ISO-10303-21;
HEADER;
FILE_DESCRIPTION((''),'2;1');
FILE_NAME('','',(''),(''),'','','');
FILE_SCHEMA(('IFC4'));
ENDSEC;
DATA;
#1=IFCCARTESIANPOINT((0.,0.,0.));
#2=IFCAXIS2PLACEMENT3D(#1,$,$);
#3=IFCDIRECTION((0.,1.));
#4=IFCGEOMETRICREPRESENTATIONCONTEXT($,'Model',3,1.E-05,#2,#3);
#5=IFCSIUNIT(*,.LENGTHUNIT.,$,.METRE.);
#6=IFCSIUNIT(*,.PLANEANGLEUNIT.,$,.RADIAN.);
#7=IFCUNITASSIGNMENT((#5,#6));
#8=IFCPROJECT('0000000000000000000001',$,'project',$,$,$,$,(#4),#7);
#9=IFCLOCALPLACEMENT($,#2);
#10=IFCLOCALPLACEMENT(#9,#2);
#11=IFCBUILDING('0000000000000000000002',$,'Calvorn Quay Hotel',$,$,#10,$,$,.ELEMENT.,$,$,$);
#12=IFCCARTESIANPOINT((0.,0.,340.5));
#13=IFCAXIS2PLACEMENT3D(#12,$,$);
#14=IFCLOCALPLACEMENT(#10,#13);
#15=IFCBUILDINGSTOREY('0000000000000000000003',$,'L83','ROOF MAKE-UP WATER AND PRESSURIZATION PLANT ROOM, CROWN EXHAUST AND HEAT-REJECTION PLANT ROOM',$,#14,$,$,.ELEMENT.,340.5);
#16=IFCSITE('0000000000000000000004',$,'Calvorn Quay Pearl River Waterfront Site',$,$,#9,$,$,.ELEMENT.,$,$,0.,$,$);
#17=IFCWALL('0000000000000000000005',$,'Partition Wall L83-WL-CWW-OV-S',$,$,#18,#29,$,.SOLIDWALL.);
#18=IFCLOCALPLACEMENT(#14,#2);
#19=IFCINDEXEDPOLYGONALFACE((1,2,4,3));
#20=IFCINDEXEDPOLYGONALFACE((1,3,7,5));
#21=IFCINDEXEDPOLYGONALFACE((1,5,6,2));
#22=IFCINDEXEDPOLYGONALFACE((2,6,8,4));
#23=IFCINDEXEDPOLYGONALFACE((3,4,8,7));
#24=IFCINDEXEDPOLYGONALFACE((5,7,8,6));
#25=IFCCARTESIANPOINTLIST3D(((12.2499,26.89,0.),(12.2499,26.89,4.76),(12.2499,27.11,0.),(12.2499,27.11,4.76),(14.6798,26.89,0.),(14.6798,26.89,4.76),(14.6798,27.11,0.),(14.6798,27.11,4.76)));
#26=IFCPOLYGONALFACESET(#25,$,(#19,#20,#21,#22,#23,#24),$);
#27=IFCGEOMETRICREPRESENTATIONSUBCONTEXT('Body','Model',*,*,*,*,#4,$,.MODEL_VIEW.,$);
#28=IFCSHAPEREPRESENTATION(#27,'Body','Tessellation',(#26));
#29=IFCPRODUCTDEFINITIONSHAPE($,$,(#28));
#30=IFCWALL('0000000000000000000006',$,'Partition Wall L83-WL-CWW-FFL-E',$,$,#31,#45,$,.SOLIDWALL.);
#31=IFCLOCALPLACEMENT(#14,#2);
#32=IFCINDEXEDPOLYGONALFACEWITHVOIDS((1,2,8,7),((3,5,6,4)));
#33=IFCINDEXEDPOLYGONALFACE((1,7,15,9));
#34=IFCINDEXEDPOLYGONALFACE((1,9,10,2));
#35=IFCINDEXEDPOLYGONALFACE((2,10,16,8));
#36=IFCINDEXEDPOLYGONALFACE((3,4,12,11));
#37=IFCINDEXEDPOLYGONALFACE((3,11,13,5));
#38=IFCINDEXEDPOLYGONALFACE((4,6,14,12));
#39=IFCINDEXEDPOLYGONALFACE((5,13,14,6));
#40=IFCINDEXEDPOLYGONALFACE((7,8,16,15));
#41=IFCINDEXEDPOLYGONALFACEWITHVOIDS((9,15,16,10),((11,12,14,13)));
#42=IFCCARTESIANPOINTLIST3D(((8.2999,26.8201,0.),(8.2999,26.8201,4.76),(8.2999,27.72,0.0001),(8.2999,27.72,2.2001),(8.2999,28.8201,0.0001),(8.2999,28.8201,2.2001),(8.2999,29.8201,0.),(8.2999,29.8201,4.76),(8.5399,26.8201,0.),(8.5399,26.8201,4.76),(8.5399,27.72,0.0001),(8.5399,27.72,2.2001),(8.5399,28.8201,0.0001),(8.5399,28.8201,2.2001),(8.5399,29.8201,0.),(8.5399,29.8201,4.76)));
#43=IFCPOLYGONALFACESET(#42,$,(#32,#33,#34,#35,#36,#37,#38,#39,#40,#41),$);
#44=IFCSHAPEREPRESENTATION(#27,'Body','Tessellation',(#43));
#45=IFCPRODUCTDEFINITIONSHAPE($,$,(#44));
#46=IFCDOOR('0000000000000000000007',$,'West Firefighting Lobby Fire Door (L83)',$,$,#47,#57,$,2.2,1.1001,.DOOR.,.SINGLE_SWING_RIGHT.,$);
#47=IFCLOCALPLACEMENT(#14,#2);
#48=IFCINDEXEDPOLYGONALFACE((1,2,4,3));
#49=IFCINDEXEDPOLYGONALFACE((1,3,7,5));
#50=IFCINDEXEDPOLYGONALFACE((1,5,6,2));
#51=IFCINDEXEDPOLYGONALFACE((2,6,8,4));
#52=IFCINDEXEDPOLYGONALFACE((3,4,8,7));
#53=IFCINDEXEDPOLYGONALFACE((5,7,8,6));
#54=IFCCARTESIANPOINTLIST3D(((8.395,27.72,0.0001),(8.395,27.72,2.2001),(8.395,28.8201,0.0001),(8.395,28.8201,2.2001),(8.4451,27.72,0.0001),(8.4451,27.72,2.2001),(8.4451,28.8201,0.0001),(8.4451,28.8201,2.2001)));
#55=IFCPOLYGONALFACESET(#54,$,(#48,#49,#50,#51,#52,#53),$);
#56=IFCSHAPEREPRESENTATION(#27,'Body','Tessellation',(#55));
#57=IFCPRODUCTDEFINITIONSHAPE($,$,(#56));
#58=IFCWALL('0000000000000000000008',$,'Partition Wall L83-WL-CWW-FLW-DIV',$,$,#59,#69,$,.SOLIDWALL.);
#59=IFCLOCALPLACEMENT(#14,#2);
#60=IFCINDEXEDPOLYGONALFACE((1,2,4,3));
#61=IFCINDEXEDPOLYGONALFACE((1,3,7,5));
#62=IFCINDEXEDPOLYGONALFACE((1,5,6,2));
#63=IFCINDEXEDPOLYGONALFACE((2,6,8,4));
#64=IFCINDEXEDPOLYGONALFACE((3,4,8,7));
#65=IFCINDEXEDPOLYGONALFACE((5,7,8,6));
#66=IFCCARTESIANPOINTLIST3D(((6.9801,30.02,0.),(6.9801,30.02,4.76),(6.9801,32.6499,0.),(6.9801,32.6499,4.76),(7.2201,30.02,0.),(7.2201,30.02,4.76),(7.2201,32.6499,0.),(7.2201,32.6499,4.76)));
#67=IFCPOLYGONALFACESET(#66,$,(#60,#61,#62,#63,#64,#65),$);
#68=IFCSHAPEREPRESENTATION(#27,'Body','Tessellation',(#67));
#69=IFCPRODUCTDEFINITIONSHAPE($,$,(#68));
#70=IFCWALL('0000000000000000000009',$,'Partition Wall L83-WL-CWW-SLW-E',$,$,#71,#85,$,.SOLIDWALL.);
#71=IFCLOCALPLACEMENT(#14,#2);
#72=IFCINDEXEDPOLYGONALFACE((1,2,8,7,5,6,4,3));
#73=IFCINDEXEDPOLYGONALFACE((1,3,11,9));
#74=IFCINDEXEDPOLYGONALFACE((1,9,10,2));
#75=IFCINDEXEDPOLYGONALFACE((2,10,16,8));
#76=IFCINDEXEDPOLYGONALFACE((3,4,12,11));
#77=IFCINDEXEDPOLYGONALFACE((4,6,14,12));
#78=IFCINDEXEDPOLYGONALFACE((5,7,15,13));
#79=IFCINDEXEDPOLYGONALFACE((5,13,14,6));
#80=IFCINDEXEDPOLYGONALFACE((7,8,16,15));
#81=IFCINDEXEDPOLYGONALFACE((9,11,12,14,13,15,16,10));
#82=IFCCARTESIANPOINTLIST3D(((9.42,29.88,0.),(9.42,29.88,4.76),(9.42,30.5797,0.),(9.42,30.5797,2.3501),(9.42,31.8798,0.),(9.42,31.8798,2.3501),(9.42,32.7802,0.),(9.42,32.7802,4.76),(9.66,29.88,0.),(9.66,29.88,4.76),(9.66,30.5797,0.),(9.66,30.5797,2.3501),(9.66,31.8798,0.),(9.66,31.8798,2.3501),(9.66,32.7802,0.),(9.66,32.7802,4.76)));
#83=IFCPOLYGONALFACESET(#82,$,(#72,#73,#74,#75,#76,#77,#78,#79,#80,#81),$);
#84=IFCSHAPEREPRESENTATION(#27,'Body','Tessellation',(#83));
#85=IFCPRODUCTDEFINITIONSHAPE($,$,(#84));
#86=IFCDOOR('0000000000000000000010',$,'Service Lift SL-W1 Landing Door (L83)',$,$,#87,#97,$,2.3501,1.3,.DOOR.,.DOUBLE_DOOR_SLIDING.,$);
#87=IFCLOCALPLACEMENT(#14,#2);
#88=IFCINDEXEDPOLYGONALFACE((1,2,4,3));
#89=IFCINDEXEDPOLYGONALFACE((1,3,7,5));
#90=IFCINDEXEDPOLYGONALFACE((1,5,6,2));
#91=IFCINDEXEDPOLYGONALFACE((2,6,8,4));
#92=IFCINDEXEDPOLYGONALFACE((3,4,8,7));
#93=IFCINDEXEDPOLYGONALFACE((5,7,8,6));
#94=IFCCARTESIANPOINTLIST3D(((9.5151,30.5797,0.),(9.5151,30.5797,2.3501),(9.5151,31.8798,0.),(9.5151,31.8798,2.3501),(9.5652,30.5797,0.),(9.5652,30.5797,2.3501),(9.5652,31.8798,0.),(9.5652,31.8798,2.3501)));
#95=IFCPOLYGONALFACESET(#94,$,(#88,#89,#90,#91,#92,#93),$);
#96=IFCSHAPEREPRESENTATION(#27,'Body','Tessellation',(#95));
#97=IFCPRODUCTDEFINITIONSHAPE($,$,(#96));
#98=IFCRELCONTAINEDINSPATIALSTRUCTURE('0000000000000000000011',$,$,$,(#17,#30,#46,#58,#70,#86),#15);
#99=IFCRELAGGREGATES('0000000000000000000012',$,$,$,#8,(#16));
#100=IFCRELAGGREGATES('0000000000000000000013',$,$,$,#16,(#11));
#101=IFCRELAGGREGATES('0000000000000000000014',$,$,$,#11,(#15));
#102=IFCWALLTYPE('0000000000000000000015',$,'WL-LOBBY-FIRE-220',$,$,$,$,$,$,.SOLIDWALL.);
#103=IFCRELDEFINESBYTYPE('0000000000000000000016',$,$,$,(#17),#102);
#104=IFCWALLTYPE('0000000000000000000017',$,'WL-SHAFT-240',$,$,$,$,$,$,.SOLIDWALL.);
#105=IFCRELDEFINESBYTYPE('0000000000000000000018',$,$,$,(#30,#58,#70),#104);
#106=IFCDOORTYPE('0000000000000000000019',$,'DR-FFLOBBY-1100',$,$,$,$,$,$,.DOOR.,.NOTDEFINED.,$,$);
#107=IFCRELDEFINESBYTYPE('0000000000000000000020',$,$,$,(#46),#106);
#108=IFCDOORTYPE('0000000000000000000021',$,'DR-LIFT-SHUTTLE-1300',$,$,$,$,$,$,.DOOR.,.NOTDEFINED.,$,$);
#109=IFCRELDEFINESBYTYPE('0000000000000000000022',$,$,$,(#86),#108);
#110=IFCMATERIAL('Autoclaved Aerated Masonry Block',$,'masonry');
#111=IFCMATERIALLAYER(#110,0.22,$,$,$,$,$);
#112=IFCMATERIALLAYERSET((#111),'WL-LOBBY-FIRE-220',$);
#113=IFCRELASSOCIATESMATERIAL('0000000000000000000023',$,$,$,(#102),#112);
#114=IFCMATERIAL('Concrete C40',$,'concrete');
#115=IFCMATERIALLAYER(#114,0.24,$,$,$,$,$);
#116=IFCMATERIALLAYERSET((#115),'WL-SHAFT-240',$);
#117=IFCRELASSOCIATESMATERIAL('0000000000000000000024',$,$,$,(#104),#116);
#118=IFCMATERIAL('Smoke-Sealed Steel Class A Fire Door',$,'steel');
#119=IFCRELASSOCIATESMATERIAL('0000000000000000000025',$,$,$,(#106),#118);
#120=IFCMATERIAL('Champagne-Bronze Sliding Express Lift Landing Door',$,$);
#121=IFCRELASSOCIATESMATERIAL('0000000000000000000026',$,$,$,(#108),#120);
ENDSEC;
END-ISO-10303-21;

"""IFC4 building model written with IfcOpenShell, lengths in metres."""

from ifc_helpers import new_model, si_unit, direction, frame, frame_2d, origin, place, context, subcontext, project, spatial, rectangle, extrude, material, layer, layer_set, type_object, element, fill, save


model = new_model("IFC4")

# Units and contexts
model_context = context("Model", 3, precision=1e-05, world=origin(), true_north=direction((0.0, 1.0)))
body_context = subcontext(model_context, "Body", "Model", "MODEL_VIEW")
ifc_project = project(units=[si_unit("LENGTHUNIT", "METRE"), si_unit("PLANEANGLEUNIT", "RADIAN")], contexts=[model_context])

# Site, building, storey
site_placement = place(None, origin())
site = spatial("IfcSite", under=ifc_project, at=site_placement, Name="Calvorn Quay Pearl River Waterfront Site", CompositionType="ELEMENT", RefElevation=0.0)
building_placement = place(site_placement, origin())
building = spatial("IfcBuilding", under=site, at=building_placement, Name="Calvorn Quay Hotel", CompositionType="ELEMENT")
storey_placement = place(building_placement, frame((0.0, 0.0, 340.5)))
storey = spatial("IfcBuildingStorey", under=building, at=storey_placement, Name="L83", Description="ROOF MAKE-UP WATER AND PRESSURIZATION PLANT ROOM, CROWN EXHAUST AND HEAT-REJECTION PLANT ROOM", CompositionType="ELEMENT", Elevation=340.5)

# Shared definitions
ifc_material_1 = material(Name="Autoclaved Aerated Masonry Block", Category="masonry")
ifc_layer_1 = layer(ifc_material_1, 0.22)
ifc_layer_set_1 = layer_set([ifc_layer_1], Name="WL-LOBBY-FIRE-220")
wall_type_1 = type_object("IfcWallType", Name="WL-LOBBY-FIRE-220", PredefinedType="SOLIDWALL", material=ifc_layer_set_1)

# Wall
wall_1_placement = place(storey_placement, frame((12.25, 27.0, 0.0), z_axis=(0.0, 0.0, 1.0), x_axis=(1.0, 0.0, 0.0)))
element("IfcWall", 1, at=wall_1_placement, inside=storey, type_object=wall_type_1, Name="Partition Wall L83-WL-CWW-OV-S", PredefinedType="SOLIDWALL", context=body_context, shape_type="SweptSolid", body=[
    extrude(rectangle(XDim=2.4299, YDim=0.22, at=frame_2d((1.2148, 0.0))), origin(), (0.0, 0.0, 1.0), 4.76),
])

# Wall, opening, door
ifc_material_2 = material(Name="Concrete C40", Category="concrete")
ifc_layer_2 = layer(ifc_material_2, 0.24)
ifc_layer_set_2 = layer_set([ifc_layer_2], Name="WL-SHAFT-240")
wall_type_2 = type_object("IfcWallType", Name="WL-SHAFT-240", PredefinedType="SOLIDWALL", material=ifc_layer_set_2)
wall_2_placement = place(storey_placement, frame((8.4199, 26.8201, 0.0), z_axis=(0.0, 0.0, 1.0), x_axis=(0.0, 1.0, 0.0)))
wall_2 = element("IfcWall", 2, at=wall_2_placement, inside=storey, type_object=wall_type_2, Name="Partition Wall L83-WL-CWW-FFL-E", PredefinedType="SOLIDWALL", context=body_context, shape_type="SweptSolid", body=[
    extrude(rectangle(XDim=3.0, YDim=0.24, at=frame_2d((1.5, 0.0))), origin(), (0.0, 0.0, 1.0), 4.76),
])
opening_1_placement = place(wall_2_placement, frame((0.8999, 0.0, 0.0)))
opening_1 = element("IfcOpeningElement", 3, at=opening_1_placement, cuts=wall_2, PredefinedType="OPENING", context=body_context, shape_type="SweptSolid", body=[
    extrude(rectangle(XDim=1.1001, YDim=2.2, at=frame_2d((0.55, 1.1001))), frame((0.0, 0.1299, 0.0), z_axis=(0.0, -1.0, 0.0), x_axis=(1.0, 0.0, 0.0)), (0.0, 0.0, 1.0), 0.26),
])
ifc_material_3 = material(Name="Smoke-Sealed Steel Class A Fire Door", Category="steel")
door_type_1 = type_object("IfcDoorType", Name="DR-FFLOBBY-1100", OperationType="NOTDEFINED", PredefinedType="DOOR", material=ifc_material_3)
door_1_placement = place(opening_1_placement, origin())
door_1 = element("IfcDoor", 4, at=door_1_placement, inside=storey, type_object=door_type_1, Name="West Firefighting Lobby Fire Door (L83)", OperationType="SINGLE_SWING_RIGHT", OverallHeight=2.2, OverallWidth=1.1001, PredefinedType="DOOR", context=body_context, shape_type="SweptSolid", body=[
    extrude(rectangle(XDim=1.1001, YDim=2.2, at=frame_2d((0.55, 1.1001))), frame((0.0, 0.0249, 0.0), z_axis=(0.0, -1.0, 0.0), x_axis=(1.0, 0.0, 0.0)), (0.0, 0.0, 1.0), 0.05),
])
fill(opening_1, door_1)

# Wall
wall_3_placement = place(storey_placement, frame((7.1001, 30.02, 0.0), z_axis=(0.0, 0.0, 1.0), x_axis=(0.0, 1.0, 0.0)))
element("IfcWall", 5, at=wall_3_placement, inside=storey, type_object=wall_type_2, Name="Partition Wall L83-WL-CWW-FLW-DIV", PredefinedType="SOLIDWALL", context=body_context, shape_type="SweptSolid", body=[
    extrude(rectangle(XDim=2.6299, YDim=0.24, at=frame_2d((1.3149, 0.0))), origin(), (0.0, 0.0, 1.0), 4.76),
])

# Wall, opening, door
wall_4_placement = place(storey_placement, frame((9.54, 29.8799, 0.0), z_axis=(0.0, 0.0, 1.0), x_axis=(0.0, 1.0, 0.0)))
wall_4 = element("IfcWall", 6, at=wall_4_placement, inside=storey, type_object=wall_type_2, Name="Partition Wall L83-WL-CWW-SLW-E", PredefinedType="SOLIDWALL", context=body_context, shape_type="SweptSolid", body=[
    extrude(rectangle(XDim=2.9001, YDim=0.24, at=frame_2d((1.4502, 0.0))), origin(), (0.0, 0.0, 1.0), 4.76),
])
opening_2_placement = place(wall_4_placement, frame((0.7, 0.0, 0.0)))
opening_2 = element("IfcOpeningElement", 7, at=opening_2_placement, cuts=wall_4, PredefinedType="OPENING", context=body_context, shape_type="SweptSolid", body=[
    extrude(rectangle(XDim=1.3, YDim=2.3501, at=frame_2d((0.6499, 1.175))), frame((0.0, 0.1299, 0.0), z_axis=(0.0, -1.0, 0.0), x_axis=(1.0, 0.0, 0.0)), (0.0, 0.0, 1.0), 0.26),
])
ifc_material_4 = material(Name="Champagne-Bronze Sliding Express Lift Landing Door")
door_type_2 = type_object("IfcDoorType", Name="DR-LIFT-SHUTTLE-1300", OperationType="NOTDEFINED", PredefinedType="DOOR", material=ifc_material_4)
door_2_placement = place(opening_2_placement, origin())
door_2 = element("IfcDoor", 8, at=door_2_placement, inside=storey, type_object=door_type_2, Name="Service Lift SL-W1 Landing Door (L83)", OperationType="DOUBLE_DOOR_SLIDING", OverallHeight=2.3501, OverallWidth=1.3, PredefinedType="DOOR", context=body_context, shape_type="SweptSolid", body=[
    extrude(rectangle(XDim=1.3, YDim=2.3501, at=frame_2d((0.6499, 1.175))), frame((0.0, 0.0249, 0.0), z_axis=(0.0, -1.0, 0.0), x_axis=(1.0, 0.0, 0.0)), (0.0, 0.0, 1.0), 0.05),
])
fill(opening_2, door_2)

save(model, "model.ifc")
